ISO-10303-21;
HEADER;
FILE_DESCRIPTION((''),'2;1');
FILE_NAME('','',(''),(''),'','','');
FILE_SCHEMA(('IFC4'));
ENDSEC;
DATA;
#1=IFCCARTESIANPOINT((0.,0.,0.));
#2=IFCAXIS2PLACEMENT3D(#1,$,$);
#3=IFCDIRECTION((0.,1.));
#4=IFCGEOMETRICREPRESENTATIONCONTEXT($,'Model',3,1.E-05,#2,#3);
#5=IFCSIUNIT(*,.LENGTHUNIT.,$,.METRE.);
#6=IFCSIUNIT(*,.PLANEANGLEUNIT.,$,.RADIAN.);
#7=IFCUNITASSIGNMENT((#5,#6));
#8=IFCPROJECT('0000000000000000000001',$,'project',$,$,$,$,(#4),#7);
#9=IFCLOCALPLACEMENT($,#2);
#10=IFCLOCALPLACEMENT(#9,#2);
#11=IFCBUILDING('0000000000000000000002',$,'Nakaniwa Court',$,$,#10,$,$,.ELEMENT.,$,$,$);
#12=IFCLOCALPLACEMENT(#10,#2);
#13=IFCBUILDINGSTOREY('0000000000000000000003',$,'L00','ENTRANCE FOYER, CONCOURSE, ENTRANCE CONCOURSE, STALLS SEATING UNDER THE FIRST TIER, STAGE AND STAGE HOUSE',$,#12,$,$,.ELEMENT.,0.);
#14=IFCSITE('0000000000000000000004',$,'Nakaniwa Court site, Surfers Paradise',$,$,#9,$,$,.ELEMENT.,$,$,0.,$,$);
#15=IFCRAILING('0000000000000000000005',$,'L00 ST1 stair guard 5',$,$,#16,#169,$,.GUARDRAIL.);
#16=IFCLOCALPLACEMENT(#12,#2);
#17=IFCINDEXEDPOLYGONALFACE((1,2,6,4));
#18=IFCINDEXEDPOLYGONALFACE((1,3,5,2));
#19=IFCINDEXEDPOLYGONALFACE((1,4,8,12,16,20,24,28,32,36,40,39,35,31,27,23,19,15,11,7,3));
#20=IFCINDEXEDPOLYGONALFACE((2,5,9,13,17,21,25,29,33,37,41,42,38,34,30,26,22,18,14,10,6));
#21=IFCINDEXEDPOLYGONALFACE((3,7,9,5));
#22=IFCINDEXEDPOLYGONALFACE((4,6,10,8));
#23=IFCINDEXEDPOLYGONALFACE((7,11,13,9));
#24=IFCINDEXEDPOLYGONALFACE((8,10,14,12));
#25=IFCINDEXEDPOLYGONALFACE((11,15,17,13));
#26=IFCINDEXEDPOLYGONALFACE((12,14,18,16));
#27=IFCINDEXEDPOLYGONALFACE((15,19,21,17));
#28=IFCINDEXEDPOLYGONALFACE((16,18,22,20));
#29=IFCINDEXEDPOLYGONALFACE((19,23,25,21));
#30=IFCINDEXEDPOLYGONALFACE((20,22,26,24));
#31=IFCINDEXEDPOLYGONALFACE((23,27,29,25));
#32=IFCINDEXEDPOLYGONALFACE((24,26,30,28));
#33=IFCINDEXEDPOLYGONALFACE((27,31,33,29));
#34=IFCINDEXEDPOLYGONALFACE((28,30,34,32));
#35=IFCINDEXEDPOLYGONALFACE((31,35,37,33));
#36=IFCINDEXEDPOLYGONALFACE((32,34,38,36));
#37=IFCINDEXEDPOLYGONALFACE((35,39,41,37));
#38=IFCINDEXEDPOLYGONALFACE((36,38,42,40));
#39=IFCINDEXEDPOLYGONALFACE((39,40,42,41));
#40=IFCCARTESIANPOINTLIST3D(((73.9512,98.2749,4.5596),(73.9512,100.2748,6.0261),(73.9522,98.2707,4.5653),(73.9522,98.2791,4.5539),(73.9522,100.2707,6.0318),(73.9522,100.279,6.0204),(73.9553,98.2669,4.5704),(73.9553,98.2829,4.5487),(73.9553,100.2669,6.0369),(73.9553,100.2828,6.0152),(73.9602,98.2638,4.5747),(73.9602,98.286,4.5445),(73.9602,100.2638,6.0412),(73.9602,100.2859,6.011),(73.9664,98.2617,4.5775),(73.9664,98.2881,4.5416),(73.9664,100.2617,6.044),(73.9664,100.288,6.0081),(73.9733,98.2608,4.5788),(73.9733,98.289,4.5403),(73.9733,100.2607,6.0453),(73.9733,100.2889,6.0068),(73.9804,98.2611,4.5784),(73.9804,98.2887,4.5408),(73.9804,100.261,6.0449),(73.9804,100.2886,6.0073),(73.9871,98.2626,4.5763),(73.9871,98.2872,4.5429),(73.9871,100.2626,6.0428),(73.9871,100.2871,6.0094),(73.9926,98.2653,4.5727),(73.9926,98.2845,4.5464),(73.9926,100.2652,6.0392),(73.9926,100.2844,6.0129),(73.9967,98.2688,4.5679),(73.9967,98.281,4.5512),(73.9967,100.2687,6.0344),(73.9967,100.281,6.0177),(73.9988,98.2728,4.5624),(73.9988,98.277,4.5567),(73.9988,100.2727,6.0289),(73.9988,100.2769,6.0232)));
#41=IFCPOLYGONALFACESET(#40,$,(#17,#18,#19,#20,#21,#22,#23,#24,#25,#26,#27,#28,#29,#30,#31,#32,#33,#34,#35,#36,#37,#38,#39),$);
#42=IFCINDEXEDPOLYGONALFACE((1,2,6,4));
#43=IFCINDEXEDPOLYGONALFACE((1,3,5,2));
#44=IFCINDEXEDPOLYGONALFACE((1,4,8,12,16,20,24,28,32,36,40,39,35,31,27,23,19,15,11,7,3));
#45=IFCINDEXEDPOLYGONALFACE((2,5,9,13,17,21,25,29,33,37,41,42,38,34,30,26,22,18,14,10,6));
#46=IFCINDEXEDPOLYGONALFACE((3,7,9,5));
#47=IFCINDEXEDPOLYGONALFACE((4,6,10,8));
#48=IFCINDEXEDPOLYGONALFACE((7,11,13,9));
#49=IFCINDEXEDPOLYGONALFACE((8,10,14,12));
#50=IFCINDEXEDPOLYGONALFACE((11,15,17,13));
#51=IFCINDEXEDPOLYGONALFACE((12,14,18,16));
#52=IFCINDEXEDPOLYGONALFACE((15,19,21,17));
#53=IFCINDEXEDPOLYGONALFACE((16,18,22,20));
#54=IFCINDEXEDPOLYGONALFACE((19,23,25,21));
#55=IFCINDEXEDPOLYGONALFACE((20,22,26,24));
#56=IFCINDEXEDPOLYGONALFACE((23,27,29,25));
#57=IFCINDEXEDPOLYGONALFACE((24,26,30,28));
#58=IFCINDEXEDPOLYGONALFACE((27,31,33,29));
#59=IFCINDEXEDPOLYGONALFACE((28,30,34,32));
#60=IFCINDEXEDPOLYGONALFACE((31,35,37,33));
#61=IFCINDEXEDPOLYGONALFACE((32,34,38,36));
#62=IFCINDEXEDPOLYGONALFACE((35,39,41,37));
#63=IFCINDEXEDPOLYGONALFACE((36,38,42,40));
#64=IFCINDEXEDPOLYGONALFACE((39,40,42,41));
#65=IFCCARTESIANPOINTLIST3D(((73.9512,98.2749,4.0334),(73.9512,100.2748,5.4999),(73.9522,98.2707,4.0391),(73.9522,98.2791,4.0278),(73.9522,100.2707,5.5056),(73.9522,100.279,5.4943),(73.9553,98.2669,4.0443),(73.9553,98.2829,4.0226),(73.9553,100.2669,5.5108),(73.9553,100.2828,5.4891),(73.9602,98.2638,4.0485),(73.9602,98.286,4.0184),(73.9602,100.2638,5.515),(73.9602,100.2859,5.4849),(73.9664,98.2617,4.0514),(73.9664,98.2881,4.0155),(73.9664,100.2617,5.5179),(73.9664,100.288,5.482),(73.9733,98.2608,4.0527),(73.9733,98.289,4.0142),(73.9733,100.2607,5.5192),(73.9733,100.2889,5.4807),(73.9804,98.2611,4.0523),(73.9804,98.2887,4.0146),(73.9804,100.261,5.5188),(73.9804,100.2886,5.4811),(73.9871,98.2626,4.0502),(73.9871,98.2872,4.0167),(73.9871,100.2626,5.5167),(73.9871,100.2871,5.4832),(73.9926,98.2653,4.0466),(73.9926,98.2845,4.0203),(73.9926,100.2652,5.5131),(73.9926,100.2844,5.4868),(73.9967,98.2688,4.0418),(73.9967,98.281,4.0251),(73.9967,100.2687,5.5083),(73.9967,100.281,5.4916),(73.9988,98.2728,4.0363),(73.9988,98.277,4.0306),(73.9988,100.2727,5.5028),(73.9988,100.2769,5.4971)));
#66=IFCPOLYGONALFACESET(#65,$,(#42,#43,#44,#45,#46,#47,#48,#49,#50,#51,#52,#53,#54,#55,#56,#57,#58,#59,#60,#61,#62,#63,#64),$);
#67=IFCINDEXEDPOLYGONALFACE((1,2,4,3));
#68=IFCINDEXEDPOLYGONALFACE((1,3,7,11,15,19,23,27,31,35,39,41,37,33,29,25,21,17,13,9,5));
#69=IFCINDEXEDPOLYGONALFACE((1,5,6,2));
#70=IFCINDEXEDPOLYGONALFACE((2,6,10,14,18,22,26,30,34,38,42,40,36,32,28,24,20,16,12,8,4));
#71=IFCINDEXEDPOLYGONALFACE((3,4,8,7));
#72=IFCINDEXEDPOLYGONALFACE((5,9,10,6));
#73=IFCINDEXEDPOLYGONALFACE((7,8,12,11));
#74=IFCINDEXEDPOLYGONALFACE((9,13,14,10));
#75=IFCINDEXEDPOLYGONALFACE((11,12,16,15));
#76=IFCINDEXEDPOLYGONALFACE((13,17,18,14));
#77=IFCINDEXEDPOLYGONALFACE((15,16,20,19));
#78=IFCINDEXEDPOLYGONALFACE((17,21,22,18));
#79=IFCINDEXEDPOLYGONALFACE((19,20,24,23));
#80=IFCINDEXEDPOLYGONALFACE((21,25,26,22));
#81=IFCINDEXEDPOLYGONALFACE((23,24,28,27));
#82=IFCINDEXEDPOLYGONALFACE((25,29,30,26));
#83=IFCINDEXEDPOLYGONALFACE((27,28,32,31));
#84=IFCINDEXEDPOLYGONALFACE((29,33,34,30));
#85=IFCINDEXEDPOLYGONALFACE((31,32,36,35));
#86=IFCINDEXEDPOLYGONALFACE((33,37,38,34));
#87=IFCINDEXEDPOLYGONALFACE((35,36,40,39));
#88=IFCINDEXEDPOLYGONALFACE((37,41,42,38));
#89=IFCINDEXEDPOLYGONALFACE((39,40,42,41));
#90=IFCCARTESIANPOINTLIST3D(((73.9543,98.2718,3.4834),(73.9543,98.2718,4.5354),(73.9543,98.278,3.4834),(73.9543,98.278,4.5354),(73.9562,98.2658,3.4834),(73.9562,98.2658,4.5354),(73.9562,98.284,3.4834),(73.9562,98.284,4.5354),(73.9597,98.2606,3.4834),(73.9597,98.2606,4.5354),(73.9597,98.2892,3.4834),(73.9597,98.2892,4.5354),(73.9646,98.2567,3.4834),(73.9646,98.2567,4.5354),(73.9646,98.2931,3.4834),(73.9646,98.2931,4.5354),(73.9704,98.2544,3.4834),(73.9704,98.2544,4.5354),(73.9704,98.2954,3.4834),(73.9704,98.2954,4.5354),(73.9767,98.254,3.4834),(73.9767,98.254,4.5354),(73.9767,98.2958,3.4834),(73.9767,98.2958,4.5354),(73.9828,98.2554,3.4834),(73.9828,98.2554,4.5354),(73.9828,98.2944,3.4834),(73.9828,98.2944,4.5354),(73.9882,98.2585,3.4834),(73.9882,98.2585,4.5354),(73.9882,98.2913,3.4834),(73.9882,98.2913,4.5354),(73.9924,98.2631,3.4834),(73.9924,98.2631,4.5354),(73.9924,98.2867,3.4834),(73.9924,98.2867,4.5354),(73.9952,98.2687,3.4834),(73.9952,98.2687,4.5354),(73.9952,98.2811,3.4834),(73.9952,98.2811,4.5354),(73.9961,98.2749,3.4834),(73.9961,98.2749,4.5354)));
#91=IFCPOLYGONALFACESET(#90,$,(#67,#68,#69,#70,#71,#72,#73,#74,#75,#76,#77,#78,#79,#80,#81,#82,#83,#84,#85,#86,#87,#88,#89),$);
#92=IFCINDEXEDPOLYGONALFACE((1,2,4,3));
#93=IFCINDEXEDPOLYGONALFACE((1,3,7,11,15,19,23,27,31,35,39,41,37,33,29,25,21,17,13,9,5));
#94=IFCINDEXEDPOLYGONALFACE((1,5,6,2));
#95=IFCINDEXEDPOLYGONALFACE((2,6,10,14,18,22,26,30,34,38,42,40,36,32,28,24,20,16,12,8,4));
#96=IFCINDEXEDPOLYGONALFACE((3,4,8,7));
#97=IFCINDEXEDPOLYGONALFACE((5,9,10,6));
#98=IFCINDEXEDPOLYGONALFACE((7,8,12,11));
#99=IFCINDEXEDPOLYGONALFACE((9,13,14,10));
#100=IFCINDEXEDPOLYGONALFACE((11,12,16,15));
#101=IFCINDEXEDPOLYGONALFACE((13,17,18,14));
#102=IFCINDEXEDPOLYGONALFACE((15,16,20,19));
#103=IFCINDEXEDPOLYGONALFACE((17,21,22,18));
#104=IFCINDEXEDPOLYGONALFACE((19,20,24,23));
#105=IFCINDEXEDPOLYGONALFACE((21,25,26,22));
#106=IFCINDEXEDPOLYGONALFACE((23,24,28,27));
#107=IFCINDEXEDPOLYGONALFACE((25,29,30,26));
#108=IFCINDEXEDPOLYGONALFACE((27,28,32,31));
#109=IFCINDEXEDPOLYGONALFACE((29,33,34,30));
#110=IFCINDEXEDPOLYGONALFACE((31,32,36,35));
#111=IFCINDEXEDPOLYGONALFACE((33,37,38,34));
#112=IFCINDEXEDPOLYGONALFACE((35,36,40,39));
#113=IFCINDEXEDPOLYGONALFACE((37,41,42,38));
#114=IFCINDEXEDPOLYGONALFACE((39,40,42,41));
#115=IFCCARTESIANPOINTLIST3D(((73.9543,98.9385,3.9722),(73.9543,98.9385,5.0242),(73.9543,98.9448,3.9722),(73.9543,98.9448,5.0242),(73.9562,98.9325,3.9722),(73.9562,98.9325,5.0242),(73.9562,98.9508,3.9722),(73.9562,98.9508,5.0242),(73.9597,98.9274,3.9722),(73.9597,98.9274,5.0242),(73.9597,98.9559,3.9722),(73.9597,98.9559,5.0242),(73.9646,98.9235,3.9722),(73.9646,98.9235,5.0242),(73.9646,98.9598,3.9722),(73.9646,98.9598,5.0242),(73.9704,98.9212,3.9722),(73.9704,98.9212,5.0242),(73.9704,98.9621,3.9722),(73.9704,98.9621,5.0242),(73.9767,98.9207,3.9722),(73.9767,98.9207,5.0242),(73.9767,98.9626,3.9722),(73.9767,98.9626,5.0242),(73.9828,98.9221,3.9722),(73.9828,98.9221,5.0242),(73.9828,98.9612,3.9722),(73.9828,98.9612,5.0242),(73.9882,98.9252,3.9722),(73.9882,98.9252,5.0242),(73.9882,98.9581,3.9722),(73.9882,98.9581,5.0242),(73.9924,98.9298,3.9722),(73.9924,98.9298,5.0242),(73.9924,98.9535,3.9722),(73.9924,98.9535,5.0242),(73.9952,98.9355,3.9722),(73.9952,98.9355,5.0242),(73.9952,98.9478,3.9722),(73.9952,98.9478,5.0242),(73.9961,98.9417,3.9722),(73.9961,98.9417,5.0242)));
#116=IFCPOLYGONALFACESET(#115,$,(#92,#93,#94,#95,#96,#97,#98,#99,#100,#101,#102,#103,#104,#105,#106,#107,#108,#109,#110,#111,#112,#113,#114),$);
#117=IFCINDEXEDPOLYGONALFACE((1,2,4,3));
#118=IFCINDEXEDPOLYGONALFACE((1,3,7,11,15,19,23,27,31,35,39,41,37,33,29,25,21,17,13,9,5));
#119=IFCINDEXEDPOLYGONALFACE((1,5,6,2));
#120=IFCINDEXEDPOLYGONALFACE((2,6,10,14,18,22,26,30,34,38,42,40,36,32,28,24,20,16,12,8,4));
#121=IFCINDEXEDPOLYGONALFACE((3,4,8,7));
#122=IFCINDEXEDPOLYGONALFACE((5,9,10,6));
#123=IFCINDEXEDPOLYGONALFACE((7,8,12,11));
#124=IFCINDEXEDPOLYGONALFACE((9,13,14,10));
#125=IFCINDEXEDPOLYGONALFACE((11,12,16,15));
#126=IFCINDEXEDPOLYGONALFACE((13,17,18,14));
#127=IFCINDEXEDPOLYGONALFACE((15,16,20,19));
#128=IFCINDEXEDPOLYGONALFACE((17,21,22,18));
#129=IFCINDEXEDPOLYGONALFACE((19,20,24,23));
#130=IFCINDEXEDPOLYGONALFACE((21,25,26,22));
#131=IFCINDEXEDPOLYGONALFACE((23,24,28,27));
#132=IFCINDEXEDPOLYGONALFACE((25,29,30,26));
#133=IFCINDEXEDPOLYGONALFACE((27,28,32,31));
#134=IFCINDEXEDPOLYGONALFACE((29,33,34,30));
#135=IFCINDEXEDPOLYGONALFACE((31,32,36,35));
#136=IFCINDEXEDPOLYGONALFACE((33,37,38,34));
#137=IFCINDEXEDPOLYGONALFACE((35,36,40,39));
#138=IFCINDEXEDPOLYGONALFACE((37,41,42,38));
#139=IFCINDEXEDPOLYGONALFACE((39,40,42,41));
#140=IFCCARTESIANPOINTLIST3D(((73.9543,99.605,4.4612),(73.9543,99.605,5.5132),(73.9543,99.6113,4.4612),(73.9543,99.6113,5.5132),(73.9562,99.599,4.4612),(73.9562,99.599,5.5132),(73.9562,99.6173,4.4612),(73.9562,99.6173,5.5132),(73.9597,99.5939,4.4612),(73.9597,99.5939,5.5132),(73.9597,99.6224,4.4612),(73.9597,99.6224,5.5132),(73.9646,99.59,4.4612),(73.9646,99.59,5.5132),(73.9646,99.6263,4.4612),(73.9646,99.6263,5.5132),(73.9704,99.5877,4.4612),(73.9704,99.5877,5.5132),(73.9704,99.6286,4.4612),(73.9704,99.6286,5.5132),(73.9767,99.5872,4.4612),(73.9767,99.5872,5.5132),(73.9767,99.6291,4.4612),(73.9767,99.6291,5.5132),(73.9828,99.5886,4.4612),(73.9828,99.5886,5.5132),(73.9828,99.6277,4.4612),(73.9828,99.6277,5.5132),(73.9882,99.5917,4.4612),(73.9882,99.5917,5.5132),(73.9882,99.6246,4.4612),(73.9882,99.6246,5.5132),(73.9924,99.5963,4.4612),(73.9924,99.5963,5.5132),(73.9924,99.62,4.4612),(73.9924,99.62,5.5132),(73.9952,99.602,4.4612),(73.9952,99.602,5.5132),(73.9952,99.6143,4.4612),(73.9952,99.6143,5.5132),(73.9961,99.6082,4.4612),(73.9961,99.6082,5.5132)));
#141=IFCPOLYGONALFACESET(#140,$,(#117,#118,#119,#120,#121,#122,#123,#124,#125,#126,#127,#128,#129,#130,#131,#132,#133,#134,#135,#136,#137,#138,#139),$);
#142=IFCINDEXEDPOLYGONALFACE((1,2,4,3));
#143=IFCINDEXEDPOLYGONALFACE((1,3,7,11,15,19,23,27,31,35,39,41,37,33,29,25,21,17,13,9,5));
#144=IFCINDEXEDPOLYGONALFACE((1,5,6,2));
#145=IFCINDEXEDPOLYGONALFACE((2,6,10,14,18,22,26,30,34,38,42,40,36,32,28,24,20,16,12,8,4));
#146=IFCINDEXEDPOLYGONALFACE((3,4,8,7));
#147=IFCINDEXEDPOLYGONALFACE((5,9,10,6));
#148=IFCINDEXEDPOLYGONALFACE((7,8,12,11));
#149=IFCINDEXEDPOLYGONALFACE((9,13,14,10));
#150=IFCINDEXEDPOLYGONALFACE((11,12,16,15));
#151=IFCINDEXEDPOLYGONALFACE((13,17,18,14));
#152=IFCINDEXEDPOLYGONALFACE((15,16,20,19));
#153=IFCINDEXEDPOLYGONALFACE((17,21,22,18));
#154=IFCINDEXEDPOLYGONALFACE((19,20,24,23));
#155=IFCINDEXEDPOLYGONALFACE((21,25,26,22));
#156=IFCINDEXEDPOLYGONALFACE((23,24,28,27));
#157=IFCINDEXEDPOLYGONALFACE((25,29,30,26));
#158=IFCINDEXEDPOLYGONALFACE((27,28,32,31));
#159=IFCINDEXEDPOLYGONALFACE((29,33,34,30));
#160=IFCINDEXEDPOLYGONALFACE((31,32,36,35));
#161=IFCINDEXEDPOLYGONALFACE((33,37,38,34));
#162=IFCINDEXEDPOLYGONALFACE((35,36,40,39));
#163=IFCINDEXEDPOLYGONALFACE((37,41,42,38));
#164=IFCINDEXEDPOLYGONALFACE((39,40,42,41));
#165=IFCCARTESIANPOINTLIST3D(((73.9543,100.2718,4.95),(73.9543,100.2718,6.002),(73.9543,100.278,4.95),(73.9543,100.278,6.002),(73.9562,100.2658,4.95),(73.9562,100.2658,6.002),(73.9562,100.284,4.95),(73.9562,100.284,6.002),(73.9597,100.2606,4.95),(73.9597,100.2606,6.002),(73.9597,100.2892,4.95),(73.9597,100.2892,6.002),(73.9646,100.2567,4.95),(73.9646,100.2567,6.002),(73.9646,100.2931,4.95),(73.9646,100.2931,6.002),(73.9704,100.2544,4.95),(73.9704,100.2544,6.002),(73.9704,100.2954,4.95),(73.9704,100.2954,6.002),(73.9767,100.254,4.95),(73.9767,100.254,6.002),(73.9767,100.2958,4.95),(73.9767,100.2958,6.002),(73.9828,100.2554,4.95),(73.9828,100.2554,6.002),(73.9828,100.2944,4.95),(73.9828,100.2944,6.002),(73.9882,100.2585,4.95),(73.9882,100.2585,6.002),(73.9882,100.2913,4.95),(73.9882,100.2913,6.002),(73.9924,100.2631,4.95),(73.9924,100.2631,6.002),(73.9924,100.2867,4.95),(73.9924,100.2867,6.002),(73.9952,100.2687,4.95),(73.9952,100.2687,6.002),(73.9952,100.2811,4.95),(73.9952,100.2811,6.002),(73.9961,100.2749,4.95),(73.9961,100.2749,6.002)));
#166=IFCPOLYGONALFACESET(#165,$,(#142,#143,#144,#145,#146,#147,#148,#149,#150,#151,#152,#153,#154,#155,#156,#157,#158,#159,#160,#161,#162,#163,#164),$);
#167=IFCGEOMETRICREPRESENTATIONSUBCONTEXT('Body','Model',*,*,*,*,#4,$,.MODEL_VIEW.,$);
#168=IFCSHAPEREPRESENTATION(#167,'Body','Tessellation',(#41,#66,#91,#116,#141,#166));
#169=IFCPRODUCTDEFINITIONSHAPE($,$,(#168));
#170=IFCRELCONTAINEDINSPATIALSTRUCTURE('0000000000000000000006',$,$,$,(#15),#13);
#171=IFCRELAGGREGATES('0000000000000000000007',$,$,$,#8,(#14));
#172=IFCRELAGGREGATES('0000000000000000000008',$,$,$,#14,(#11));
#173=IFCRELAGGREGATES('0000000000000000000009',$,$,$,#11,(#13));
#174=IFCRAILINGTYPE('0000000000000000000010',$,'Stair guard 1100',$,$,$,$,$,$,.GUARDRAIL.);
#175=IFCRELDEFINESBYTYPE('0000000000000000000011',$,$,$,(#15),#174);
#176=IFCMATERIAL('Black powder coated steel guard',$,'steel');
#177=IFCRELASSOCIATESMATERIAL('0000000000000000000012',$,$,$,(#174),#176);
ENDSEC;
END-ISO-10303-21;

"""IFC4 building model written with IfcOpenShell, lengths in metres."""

from ifc_helpers import new_model, si_unit, direction, frame, origin, origin_2d, place, context, subcontext, project, spatial, circle, extrude, material, type_object, element, save


model = new_model("IFC4")

# Units and contexts
model_context = context("Model", 3, precision=1e-05, world=origin(), true_north=direction((0.0, 1.0)))
body_context = subcontext(model_context, "Body", "Model", "MODEL_VIEW")
ifc_project = project(units=[si_unit("LENGTHUNIT", "METRE"), si_unit("PLANEANGLEUNIT", "RADIAN")], contexts=[model_context])

# Site, building, storey
site_placement = place(None, origin())
site = spatial("IfcSite", under=ifc_project, at=site_placement, Name="Nakaniwa Court site, Surfers Paradise", CompositionType="ELEMENT", RefElevation=0.0)
building_placement = place(site_placement, origin())
building = spatial("IfcBuilding", under=site, at=building_placement, Name="Nakaniwa Court", CompositionType="ELEMENT")
storey_placement = place(building_placement, origin())
storey = spatial("IfcBuildingStorey", under=building, at=storey_placement, Name="L00", Description="ENTRANCE FOYER, CONCOURSE, ENTRANCE CONCOURSE, STALLS SEATING UNDER THE FIRST TIER, STAGE AND STAGE HOUSE", CompositionType="ELEMENT", Elevation=0.0)

# Railing
ifc_material_1 = material(Name="Black powder coated steel guard", Category="steel")
railing_type_1 = type_object("IfcRailingType", Name="Stair guard 1100", PredefinedType="GUARDRAIL", material=ifc_material_1)
railing_1_placement = place(storey_placement, frame((73.9751, 98.2749, 3.4834)))
element("IfcRailing", 1, at=railing_1_placement, inside=storey, type_object=railing_type_1, Name="L00 ST1 stair guard 5", PredefinedType="GUARDRAIL", context=body_context, shape_type="SweptSolid", body=[
    extrude(circle(Radius=0.0239, at=origin_2d()), frame((0.0, 0.0, 1.0762), z_axis=(0.0, 0.806427, 0.591334), x_axis=(-1.0, 0.0, 0.0)), (0.0, 0.0, 1.0), 2.48),
    extrude(circle(Radius=0.0239, at=origin_2d()), frame((0.0, 0.0, 0.55), z_axis=(0.0, 0.806427, 0.591334), x_axis=(-1.0, 0.0, 0.0)), (0.0, 0.0, 1.0), 2.48),
    extrude(circle(Radius=0.021, at=origin_2d()), origin(), (0.0, 0.0, 1.0), 1.052),
    extrude(circle(Radius=0.021, at=origin_2d()), frame((0.0, 0.6667, 0.4888)), (0.0, 0.0, 1.0), 1.052),
    extrude(circle(Radius=0.021, at=origin_2d()), frame((0.0, 1.3333, 0.9778)), (0.0, 0.0, 1.0), 1.052),
    extrude(circle(Radius=0.021, at=origin_2d()), frame((0.0, 2.0, 1.4666)), (0.0, 0.0, 1.0), 1.052),
])

save(model, "model.ifc")
